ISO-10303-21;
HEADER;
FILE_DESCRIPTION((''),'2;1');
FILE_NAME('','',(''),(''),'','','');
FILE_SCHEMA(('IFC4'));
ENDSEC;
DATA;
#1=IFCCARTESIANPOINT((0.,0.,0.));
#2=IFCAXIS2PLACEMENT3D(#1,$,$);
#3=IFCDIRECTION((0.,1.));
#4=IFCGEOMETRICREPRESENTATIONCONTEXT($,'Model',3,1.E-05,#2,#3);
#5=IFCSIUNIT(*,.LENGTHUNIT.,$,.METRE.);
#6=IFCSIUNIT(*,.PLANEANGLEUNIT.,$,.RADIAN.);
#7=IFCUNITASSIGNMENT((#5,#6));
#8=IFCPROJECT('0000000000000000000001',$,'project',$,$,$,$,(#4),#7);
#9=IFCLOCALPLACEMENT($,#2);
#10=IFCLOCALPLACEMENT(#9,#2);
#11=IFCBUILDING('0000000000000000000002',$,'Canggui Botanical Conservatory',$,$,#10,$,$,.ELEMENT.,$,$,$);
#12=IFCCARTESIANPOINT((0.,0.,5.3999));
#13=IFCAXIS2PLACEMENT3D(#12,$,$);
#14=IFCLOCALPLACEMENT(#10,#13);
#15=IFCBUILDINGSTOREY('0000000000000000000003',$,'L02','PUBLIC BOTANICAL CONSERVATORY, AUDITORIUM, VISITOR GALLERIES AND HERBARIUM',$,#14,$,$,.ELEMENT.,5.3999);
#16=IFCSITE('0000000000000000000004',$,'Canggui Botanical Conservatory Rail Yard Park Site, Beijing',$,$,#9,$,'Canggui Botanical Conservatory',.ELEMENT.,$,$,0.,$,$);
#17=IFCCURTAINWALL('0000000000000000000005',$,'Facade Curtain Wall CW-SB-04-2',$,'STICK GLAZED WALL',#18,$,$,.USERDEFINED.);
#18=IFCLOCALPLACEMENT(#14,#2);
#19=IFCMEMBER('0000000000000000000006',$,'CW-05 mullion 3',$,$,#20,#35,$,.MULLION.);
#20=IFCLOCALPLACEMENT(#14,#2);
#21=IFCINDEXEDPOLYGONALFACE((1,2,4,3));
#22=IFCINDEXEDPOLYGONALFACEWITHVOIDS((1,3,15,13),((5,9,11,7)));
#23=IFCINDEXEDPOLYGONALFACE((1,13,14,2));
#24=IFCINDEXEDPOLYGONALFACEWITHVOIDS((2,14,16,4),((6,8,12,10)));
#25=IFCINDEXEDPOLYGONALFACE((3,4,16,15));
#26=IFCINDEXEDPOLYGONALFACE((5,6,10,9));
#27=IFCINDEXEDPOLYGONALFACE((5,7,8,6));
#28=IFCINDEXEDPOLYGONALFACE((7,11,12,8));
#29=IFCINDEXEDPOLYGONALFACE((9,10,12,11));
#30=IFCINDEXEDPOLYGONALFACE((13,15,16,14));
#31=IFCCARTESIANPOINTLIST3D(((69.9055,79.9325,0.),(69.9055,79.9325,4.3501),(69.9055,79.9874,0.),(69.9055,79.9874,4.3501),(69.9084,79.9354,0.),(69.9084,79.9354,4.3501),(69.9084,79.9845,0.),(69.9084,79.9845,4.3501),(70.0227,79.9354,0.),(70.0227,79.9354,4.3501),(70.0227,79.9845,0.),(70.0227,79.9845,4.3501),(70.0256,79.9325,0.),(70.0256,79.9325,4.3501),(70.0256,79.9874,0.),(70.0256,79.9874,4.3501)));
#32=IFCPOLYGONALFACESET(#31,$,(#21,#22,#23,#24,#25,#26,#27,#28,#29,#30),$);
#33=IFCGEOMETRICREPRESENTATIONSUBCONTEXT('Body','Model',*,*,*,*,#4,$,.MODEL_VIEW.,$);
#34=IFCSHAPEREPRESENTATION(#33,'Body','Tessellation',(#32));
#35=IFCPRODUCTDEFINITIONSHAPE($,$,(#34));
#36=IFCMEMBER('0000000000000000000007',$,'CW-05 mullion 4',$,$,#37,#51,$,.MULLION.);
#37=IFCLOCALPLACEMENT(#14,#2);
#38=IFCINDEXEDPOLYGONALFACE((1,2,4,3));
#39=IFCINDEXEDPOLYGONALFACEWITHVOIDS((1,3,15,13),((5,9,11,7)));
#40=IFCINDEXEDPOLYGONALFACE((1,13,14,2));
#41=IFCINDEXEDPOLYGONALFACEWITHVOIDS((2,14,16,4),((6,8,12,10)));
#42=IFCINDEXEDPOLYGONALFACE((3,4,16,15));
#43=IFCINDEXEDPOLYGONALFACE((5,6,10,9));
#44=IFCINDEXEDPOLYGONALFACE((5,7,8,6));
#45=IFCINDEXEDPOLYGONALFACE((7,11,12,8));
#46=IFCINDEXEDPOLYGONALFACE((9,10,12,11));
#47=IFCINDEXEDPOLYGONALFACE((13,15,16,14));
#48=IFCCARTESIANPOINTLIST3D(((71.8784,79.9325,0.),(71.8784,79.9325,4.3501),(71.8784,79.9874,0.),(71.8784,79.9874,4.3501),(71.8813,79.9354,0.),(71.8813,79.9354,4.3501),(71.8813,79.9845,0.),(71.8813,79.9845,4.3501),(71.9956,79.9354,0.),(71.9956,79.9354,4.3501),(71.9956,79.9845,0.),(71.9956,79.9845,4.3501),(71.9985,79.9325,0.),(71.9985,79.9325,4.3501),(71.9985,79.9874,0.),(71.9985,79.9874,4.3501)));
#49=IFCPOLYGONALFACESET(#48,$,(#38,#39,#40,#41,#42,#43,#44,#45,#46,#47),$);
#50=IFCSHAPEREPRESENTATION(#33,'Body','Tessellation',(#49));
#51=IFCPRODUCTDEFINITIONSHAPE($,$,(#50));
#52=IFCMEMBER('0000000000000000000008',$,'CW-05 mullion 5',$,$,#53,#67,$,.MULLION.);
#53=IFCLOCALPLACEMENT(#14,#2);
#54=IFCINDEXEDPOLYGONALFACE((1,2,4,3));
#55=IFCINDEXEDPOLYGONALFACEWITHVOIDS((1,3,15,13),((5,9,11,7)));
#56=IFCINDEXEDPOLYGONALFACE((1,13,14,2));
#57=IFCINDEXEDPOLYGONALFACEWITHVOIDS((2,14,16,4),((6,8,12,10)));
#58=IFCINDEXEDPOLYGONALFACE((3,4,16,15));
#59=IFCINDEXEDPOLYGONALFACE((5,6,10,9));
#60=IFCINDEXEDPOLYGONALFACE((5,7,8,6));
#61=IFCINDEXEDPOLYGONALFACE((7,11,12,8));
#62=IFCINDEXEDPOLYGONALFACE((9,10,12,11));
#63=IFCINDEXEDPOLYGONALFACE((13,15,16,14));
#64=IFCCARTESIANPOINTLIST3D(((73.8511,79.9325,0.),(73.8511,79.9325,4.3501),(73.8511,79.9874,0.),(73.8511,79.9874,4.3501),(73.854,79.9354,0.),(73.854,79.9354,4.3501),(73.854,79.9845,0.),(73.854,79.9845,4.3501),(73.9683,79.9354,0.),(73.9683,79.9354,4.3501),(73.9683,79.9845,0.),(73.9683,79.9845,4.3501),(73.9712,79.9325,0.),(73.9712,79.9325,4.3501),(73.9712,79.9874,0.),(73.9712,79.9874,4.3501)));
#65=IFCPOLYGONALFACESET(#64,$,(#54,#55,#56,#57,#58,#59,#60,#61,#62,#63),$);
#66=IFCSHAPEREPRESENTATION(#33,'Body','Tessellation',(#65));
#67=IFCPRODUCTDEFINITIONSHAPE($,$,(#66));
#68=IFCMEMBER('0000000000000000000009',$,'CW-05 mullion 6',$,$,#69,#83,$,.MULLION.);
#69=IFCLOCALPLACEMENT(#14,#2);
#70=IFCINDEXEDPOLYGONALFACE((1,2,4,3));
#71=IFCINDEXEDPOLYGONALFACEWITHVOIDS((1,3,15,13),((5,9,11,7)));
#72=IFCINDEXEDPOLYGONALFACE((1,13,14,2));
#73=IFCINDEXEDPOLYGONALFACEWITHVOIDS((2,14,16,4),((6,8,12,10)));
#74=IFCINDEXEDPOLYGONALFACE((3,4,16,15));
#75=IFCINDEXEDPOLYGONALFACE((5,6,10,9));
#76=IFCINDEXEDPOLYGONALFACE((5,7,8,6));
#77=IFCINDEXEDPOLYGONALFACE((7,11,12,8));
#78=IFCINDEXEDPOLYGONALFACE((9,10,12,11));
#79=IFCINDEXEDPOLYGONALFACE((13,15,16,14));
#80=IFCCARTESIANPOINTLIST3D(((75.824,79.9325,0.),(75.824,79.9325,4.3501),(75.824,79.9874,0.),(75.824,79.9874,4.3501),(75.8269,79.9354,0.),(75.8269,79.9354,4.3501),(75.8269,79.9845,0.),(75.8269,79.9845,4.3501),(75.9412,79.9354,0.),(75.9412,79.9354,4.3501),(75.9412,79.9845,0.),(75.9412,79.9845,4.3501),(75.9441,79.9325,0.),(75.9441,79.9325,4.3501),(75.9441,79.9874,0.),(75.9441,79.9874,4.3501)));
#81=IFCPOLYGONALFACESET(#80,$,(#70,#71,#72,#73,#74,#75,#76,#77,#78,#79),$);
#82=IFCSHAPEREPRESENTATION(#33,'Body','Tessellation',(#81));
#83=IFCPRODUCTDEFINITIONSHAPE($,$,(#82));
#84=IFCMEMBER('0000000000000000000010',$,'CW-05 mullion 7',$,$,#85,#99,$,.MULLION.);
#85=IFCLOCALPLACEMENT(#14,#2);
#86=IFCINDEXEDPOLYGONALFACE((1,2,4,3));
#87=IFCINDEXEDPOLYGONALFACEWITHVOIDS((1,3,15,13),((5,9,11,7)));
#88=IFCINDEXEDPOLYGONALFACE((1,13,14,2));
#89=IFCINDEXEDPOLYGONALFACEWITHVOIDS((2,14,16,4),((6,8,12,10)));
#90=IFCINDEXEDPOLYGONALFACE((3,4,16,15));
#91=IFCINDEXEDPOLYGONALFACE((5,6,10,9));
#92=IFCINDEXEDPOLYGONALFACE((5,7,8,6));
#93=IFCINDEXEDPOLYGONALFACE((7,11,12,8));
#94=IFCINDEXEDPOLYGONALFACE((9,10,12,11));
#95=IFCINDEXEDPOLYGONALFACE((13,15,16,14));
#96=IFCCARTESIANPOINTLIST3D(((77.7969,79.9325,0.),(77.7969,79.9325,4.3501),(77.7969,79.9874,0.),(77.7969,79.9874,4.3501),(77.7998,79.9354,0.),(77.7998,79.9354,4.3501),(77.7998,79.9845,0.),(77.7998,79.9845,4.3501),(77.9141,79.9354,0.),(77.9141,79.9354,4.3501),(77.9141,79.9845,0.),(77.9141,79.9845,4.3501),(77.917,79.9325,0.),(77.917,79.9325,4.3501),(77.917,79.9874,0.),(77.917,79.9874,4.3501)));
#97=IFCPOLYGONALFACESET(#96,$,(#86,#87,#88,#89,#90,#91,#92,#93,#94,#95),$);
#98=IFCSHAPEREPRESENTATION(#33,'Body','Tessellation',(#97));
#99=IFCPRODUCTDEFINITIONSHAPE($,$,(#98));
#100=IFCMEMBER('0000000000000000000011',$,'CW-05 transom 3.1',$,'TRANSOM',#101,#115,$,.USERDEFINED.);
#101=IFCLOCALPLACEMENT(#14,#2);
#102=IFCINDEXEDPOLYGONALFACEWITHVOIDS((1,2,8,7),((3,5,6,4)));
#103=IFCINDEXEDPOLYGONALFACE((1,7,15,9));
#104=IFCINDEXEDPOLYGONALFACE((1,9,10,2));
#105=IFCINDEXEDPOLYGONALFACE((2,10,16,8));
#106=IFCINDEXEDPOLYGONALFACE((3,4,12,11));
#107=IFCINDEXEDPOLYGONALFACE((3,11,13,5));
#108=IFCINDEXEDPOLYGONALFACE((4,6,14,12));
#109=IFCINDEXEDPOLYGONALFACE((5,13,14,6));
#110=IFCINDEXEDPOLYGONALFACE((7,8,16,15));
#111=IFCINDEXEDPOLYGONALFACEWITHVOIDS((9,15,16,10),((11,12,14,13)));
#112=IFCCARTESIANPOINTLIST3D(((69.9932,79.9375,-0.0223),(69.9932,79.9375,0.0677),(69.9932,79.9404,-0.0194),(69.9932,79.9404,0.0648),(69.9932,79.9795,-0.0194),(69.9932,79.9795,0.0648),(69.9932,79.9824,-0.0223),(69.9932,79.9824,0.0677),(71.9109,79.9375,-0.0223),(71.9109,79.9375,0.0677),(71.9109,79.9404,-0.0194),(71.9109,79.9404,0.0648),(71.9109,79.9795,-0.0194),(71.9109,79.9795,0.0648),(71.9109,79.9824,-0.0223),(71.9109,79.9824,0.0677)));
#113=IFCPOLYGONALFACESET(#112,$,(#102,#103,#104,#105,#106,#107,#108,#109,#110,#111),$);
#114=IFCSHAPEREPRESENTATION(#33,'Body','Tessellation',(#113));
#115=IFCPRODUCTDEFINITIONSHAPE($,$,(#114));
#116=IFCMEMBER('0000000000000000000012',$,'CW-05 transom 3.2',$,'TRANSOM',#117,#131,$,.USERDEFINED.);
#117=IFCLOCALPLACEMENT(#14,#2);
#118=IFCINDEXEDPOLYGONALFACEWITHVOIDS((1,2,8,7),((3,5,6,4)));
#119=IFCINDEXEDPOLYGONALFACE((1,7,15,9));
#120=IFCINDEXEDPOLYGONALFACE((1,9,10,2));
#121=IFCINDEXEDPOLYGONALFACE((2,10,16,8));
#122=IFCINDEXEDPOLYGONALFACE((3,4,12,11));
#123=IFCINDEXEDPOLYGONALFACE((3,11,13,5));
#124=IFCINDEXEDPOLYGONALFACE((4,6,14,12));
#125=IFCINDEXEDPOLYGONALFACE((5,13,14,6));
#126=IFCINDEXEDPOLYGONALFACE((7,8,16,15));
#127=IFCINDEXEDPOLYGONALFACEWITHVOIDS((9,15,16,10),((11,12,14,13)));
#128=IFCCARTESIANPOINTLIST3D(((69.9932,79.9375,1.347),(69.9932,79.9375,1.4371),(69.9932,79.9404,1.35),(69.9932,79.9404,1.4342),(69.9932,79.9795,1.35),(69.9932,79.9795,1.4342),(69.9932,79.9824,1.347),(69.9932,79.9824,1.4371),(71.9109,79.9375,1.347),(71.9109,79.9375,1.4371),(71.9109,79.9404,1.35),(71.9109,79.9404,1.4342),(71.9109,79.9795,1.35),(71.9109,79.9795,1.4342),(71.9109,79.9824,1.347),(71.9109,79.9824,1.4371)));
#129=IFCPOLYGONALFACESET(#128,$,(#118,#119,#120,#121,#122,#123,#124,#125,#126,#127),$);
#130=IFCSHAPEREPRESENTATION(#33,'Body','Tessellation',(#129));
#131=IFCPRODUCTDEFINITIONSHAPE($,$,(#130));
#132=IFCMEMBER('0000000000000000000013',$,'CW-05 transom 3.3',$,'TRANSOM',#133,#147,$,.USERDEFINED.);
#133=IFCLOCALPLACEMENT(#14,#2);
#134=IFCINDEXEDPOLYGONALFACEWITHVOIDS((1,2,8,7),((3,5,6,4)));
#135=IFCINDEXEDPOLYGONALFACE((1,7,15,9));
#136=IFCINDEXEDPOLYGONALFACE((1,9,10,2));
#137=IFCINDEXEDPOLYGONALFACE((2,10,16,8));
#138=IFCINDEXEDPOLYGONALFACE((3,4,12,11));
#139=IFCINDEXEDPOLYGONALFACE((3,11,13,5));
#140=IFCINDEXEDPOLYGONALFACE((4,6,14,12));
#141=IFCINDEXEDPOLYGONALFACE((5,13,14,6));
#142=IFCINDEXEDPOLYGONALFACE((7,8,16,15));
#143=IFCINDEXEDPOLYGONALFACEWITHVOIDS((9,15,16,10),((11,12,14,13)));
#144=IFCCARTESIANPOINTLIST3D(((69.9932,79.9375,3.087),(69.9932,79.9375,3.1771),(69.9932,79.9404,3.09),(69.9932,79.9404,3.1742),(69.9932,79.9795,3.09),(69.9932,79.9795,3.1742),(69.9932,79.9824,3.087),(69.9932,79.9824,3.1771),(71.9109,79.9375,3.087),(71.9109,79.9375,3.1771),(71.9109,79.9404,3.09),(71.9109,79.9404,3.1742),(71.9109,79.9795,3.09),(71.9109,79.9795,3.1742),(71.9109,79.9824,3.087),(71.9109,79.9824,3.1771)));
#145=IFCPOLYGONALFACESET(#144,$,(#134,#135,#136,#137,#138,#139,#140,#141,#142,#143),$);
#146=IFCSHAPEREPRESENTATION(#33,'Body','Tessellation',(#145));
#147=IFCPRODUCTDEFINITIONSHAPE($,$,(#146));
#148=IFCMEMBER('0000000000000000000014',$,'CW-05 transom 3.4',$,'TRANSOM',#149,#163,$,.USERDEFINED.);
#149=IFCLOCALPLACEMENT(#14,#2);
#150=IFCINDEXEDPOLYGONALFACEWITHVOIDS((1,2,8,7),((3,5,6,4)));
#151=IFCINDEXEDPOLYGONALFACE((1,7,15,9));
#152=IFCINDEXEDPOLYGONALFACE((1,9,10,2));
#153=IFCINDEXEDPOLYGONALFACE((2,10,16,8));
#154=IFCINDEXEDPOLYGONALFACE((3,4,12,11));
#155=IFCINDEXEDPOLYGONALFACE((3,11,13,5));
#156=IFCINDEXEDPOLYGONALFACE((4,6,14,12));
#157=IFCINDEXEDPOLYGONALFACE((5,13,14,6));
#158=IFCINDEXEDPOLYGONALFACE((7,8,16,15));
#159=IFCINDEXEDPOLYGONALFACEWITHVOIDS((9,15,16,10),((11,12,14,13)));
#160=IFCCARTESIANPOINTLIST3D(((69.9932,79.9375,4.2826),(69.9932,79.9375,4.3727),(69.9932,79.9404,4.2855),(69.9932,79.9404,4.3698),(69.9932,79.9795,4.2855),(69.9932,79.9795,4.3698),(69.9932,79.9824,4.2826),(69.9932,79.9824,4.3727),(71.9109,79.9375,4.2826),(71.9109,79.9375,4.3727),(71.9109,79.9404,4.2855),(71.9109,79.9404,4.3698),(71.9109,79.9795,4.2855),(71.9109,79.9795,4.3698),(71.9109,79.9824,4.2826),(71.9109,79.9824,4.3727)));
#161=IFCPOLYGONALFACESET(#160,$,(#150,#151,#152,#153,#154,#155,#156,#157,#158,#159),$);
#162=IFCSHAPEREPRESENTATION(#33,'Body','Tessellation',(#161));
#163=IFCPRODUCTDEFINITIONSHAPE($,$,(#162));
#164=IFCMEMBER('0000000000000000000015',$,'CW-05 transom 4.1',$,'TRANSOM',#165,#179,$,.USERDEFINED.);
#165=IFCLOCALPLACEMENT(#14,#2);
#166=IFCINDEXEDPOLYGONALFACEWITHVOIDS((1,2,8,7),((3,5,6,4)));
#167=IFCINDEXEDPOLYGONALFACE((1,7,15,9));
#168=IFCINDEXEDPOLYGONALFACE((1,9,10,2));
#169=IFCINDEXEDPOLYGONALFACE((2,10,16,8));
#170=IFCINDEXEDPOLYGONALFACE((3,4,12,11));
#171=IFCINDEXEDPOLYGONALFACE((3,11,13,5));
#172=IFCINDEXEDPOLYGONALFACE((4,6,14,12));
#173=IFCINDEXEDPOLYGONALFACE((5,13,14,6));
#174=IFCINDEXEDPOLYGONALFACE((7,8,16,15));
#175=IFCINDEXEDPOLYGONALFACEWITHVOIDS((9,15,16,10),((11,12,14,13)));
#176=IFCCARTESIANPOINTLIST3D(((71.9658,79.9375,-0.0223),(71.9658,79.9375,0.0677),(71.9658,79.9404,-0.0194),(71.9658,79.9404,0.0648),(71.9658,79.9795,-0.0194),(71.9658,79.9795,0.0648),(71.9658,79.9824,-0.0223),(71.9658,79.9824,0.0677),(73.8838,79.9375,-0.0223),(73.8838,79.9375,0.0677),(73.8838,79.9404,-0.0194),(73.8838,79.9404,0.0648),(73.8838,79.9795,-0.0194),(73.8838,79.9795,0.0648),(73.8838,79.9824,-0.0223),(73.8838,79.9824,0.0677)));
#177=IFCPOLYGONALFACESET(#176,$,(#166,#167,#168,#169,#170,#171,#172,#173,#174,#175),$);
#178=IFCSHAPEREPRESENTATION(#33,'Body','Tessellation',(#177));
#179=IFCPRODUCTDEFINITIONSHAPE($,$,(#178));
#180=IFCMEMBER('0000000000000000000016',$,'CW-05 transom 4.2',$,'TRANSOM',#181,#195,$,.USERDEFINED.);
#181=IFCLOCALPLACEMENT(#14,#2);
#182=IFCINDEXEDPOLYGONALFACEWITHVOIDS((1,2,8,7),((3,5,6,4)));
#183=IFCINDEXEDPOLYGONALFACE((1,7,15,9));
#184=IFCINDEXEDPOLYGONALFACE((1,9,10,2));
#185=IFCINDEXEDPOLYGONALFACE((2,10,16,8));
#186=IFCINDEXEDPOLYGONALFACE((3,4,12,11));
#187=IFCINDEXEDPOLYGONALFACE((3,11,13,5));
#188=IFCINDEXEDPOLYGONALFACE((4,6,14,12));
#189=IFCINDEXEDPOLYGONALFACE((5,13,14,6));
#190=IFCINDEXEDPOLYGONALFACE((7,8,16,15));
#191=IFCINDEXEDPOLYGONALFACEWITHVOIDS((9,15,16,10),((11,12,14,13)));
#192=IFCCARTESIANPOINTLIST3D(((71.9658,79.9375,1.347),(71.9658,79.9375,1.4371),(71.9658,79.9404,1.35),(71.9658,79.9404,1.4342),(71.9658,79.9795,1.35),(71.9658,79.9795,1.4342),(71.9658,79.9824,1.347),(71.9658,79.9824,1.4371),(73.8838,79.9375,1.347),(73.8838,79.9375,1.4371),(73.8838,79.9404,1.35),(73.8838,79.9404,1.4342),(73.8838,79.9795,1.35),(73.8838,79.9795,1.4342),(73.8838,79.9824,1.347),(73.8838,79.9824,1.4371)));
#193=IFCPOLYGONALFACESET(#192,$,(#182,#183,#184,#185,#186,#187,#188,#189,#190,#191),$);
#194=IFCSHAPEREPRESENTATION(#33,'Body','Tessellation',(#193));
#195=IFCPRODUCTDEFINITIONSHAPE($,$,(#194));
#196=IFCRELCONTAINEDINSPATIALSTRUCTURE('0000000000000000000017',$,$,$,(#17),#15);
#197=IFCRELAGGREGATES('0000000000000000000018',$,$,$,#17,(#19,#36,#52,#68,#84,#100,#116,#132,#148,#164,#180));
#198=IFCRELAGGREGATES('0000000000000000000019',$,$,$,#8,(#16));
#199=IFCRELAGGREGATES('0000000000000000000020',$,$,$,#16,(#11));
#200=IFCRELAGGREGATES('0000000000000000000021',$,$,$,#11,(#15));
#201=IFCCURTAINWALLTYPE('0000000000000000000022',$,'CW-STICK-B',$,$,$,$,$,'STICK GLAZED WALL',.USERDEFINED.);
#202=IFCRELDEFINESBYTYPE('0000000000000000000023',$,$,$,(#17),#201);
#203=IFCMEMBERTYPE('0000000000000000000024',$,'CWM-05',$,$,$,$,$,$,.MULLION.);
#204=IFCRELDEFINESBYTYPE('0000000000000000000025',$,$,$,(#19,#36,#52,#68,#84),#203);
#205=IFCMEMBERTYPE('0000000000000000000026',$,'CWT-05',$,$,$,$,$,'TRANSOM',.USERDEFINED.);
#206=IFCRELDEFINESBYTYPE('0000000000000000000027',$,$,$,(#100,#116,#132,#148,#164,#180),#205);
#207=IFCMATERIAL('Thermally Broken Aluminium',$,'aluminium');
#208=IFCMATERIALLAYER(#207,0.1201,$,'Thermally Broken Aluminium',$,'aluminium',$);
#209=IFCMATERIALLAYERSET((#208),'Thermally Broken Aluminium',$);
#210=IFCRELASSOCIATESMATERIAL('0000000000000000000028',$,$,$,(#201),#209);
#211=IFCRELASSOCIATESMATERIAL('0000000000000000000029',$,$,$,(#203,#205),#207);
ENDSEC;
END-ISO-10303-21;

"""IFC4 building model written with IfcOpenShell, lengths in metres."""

from ifc_helpers import new_model, si_unit, direction, frame, origin, origin_2d, place, context, subcontext, project, spatial, hollow_rectangle, extrude, material, layer, layer_set, material_profile, profile_set, type_object, element, aggregate, save


model = new_model("IFC4")

# Units and contexts
model_context = context("Model", 3, precision=1e-05, world=origin(), true_north=direction((0.0, 1.0)))
body_context = subcontext(model_context, "Body", "Model", "MODEL_VIEW")
ifc_project = project(units=[si_unit("LENGTHUNIT", "METRE"), si_unit("PLANEANGLEUNIT", "RADIAN")], contexts=[model_context])

# Site, building, storey
site_placement = place(None, origin())
site = spatial("IfcSite", under=ifc_project, at=site_placement, Name="Canggui Botanical Conservatory Rail Yard Park Site, Beijing", LongName="Canggui Botanical Conservatory", CompositionType="ELEMENT", RefElevation=0.0)
building_placement = place(site_placement, origin())
building = spatial("IfcBuilding", under=site, at=building_placement, Name="Canggui Botanical Conservatory", CompositionType="ELEMENT")
storey_placement = place(building_placement, frame((0.0, 0.0, 5.3999)))
storey = spatial("IfcBuildingStorey", under=building, at=storey_placement, Name="L02", Description="PUBLIC BOTANICAL CONSERVATORY, AUDITORIUM, VISITOR GALLERIES AND HERBARIUM", CompositionType="ELEMENT", Elevation=5.3999)

# Curtain wall, members
ifc_material_1 = material(Name="Thermally Broken Aluminium", Category="aluminium")
ifc_layer_1 = layer(ifc_material_1, 0.1201, Name="Thermally Broken Aluminium", Category="aluminium")
ifc_layer_set_1 = layer_set([ifc_layer_1], Name="Thermally Broken Aluminium")
curtain_wall_type = type_object("IfcCurtainWallType", Name="CW-STICK-B", ElementType="STICK GLAZED WALL", PredefinedType="USERDEFINED", material=ifc_layer_set_1)
curtain_wall_placement = place(storey_placement, origin())
curtain_wall = element("IfcCurtainWall", 1, at=curtain_wall_placement, inside=storey, type_object=curtain_wall_type, Name="Facade Curtain Wall CW-SB-04-2", ObjectType="STICK GLAZED WALL", PredefinedType="USERDEFINED")
ifc_material_profile_1 = material_profile(ifc_material_1, hollow_rectangle(XDim=0.0549, YDim=0.1201, WallThickness=0.0029, at=origin_2d()), Name="CWM 55x120x3")
ifc_profile_set_1 = profile_set([ifc_material_profile_1], Name="Thermally Broken Aluminium")
member_type_1 = type_object("IfcMemberType", Name="CWM-05", PredefinedType="MULLION", material=ifc_profile_set_1)
member_1_placement = place(storey_placement, frame((69.9656, 79.96, 0.0), z_axis=(0.0, 0.0, 1.0), x_axis=(0.0, 1.0, 0.0)))
member_1 = element("IfcMember", 2, at=member_1_placement, type_object=member_type_1, Name="CW-05 mullion 3", PredefinedType="MULLION", context=body_context, shape_type="SweptSolid", body=[
    extrude(hollow_rectangle(XDim=0.0549, YDim=0.1201, WallThickness=0.0029, at=origin_2d()), origin(), (0.0, 0.0, 1.0), 4.3501),
])
member_2_placement = place(storey_placement, frame((71.9385, 79.96, 0.0), z_axis=(0.0, 0.0, 1.0), x_axis=(0.0, 1.0, 0.0)))
member_2 = element("IfcMember", 3, at=member_2_placement, type_object=member_type_1, Name="CW-05 mullion 4", PredefinedType="MULLION", context=body_context, shape_type="SweptSolid", body=[
    extrude(hollow_rectangle(XDim=0.0549, YDim=0.1201, WallThickness=0.0029, at=origin_2d()), origin(), (0.0, 0.0, 1.0), 4.3501),
])
member_3_placement = place(storey_placement, frame((73.9111, 79.96, 0.0), z_axis=(0.0, 0.0, 1.0), x_axis=(0.0, 1.0, 0.0)))
member_3 = element("IfcMember", 4, at=member_3_placement, type_object=member_type_1, Name="CW-05 mullion 5", PredefinedType="MULLION", context=body_context, shape_type="SweptSolid", body=[
    extrude(hollow_rectangle(XDim=0.0549, YDim=0.1201, WallThickness=0.0029, at=origin_2d()), origin(), (0.0, 0.0, 1.0), 4.3501),
])
member_4_placement = place(storey_placement, frame((75.884, 79.96, 0.0), z_axis=(0.0, 0.0, 1.0), x_axis=(0.0, 1.0, 0.0)))
member_4 = element("IfcMember", 5, at=member_4_placement, type_object=member_type_1, Name="CW-05 mullion 6", PredefinedType="MULLION", context=body_context, shape_type="SweptSolid", body=[
    extrude(hollow_rectangle(XDim=0.0549, YDim=0.1201, WallThickness=0.0029, at=origin_2d()), origin(), (0.0, 0.0, 1.0), 4.3501),
])
member_5_placement = place(storey_placement, frame((77.8569, 79.96, 0.0), z_axis=(0.0, 0.0, 1.0), x_axis=(0.0, 1.0, 0.0)))
member_5 = element("IfcMember", 6, at=member_5_placement, type_object=member_type_1, Name="CW-05 mullion 7", PredefinedType="MULLION", context=body_context, shape_type="SweptSolid", body=[
    extrude(hollow_rectangle(XDim=0.0549, YDim=0.1201, WallThickness=0.0029, at=origin_2d()), origin(), (0.0, 0.0, 1.0), 4.3501),
])
ifc_material_profile_2 = material_profile(ifc_material_1, hollow_rectangle(XDim=0.0449, YDim=0.0901, WallThickness=0.0029, at=origin_2d()), Name="CWT 45x90x3")
ifc_profile_set_2 = profile_set([ifc_material_profile_2], Name="Thermally Broken Aluminium")
member_type_2 = type_object("IfcMemberType", Name="CWT-05", ElementType="TRANSOM", PredefinedType="USERDEFINED", material=ifc_profile_set_2)
member_6_placement = place(storey_placement, frame((69.9932, 79.96, 0.0227), z_axis=(1.0, 0.0, 0.0), x_axis=(0.0, 1.0, 0.0)))
member_6 = element("IfcMember", 7, at=member_6_placement, type_object=member_type_2, Name="CW-05 transom 3.1", ObjectType="TRANSOM", PredefinedType="USERDEFINED", context=body_context, shape_type="SweptSolid", body=[
    extrude(hollow_rectangle(XDim=0.0449, YDim=0.0901, WallThickness=0.0029, at=origin_2d()), origin(), (0.0, 0.0, 1.0), 1.9177),
])
member_7_placement = place(storey_placement, frame((69.9932, 79.96, 1.3921), z_axis=(1.0, 0.0, 0.0), x_axis=(0.0, 1.0, 0.0)))
member_7 = element("IfcMember", 8, at=member_7_placement, type_object=member_type_2, Name="CW-05 transom 3.2", ObjectType="TRANSOM", PredefinedType="USERDEFINED", context=body_context, shape_type="SweptSolid", body=[
    extrude(hollow_rectangle(XDim=0.0449, YDim=0.0901, WallThickness=0.0029, at=origin_2d()), origin(), (0.0, 0.0, 1.0), 1.9177),
])
member_8_placement = place(storey_placement, frame((69.9932, 79.96, 3.1321), z_axis=(1.0, 0.0, 0.0), x_axis=(0.0, 1.0, 0.0)))
member_8 = element("IfcMember", 9, at=member_8_placement, type_object=member_type_2, Name="CW-05 transom 3.3", ObjectType="TRANSOM", PredefinedType="USERDEFINED", context=body_context, shape_type="SweptSolid", body=[
    extrude(hollow_rectangle(XDim=0.0449, YDim=0.0901, WallThickness=0.0029, at=origin_2d()), origin(), (0.0, 0.0, 1.0), 1.9177),
])
member_9_placement = place(storey_placement, frame((69.9932, 79.96, 4.3276), z_axis=(1.0, 0.0, 0.0), x_axis=(0.0, 1.0, 0.0)))
member_9 = element("IfcMember", 10, at=member_9_placement, type_object=member_type_2, Name="CW-05 transom 3.4", ObjectType="TRANSOM", PredefinedType="USERDEFINED", context=body_context, shape_type="SweptSolid", body=[
    extrude(hollow_rectangle(XDim=0.0449, YDim=0.0901, WallThickness=0.0029, at=origin_2d()), origin(), (0.0, 0.0, 1.0), 1.9177),
])
member_10_placement = place(storey_placement, frame((71.9658, 79.96, 0.0227), z_axis=(1.0, 0.0, 0.0), x_axis=(0.0, 1.0, 0.0)))
member_10 = element("IfcMember", 11, at=member_10_placement, type_object=member_type_2, Name="CW-05 transom 4.1", ObjectType="TRANSOM", PredefinedType="USERDEFINED", context=body_context, shape_type="SweptSolid", body=[
    extrude(hollow_rectangle(XDim=0.0449, YDim=0.0901, WallThickness=0.0029, at=origin_2d()), origin(), (0.0, 0.0, 1.0), 1.918),
])
member_11_placement = place(storey_placement, frame((71.9658, 79.96, 1.3921), z_axis=(1.0, 0.0, 0.0), x_axis=(0.0, 1.0, 0.0)))
member_11 = element("IfcMember", 12, at=member_11_placement, type_object=member_type_2, Name="CW-05 transom 4.2", ObjectType="TRANSOM", PredefinedType="USERDEFINED", context=body_context, shape_type="SweptSolid", body=[
    extrude(hollow_rectangle(XDim=0.0449, YDim=0.0901, WallThickness=0.0029, at=origin_2d()), origin(), (0.0, 0.0, 1.0), 1.918),
])
aggregate(curtain_wall, [member_1, member_2, member_3, member_4, member_5, member_6, member_7, member_8, member_9, member_10, member_11])

save(model, "model.ifc")
